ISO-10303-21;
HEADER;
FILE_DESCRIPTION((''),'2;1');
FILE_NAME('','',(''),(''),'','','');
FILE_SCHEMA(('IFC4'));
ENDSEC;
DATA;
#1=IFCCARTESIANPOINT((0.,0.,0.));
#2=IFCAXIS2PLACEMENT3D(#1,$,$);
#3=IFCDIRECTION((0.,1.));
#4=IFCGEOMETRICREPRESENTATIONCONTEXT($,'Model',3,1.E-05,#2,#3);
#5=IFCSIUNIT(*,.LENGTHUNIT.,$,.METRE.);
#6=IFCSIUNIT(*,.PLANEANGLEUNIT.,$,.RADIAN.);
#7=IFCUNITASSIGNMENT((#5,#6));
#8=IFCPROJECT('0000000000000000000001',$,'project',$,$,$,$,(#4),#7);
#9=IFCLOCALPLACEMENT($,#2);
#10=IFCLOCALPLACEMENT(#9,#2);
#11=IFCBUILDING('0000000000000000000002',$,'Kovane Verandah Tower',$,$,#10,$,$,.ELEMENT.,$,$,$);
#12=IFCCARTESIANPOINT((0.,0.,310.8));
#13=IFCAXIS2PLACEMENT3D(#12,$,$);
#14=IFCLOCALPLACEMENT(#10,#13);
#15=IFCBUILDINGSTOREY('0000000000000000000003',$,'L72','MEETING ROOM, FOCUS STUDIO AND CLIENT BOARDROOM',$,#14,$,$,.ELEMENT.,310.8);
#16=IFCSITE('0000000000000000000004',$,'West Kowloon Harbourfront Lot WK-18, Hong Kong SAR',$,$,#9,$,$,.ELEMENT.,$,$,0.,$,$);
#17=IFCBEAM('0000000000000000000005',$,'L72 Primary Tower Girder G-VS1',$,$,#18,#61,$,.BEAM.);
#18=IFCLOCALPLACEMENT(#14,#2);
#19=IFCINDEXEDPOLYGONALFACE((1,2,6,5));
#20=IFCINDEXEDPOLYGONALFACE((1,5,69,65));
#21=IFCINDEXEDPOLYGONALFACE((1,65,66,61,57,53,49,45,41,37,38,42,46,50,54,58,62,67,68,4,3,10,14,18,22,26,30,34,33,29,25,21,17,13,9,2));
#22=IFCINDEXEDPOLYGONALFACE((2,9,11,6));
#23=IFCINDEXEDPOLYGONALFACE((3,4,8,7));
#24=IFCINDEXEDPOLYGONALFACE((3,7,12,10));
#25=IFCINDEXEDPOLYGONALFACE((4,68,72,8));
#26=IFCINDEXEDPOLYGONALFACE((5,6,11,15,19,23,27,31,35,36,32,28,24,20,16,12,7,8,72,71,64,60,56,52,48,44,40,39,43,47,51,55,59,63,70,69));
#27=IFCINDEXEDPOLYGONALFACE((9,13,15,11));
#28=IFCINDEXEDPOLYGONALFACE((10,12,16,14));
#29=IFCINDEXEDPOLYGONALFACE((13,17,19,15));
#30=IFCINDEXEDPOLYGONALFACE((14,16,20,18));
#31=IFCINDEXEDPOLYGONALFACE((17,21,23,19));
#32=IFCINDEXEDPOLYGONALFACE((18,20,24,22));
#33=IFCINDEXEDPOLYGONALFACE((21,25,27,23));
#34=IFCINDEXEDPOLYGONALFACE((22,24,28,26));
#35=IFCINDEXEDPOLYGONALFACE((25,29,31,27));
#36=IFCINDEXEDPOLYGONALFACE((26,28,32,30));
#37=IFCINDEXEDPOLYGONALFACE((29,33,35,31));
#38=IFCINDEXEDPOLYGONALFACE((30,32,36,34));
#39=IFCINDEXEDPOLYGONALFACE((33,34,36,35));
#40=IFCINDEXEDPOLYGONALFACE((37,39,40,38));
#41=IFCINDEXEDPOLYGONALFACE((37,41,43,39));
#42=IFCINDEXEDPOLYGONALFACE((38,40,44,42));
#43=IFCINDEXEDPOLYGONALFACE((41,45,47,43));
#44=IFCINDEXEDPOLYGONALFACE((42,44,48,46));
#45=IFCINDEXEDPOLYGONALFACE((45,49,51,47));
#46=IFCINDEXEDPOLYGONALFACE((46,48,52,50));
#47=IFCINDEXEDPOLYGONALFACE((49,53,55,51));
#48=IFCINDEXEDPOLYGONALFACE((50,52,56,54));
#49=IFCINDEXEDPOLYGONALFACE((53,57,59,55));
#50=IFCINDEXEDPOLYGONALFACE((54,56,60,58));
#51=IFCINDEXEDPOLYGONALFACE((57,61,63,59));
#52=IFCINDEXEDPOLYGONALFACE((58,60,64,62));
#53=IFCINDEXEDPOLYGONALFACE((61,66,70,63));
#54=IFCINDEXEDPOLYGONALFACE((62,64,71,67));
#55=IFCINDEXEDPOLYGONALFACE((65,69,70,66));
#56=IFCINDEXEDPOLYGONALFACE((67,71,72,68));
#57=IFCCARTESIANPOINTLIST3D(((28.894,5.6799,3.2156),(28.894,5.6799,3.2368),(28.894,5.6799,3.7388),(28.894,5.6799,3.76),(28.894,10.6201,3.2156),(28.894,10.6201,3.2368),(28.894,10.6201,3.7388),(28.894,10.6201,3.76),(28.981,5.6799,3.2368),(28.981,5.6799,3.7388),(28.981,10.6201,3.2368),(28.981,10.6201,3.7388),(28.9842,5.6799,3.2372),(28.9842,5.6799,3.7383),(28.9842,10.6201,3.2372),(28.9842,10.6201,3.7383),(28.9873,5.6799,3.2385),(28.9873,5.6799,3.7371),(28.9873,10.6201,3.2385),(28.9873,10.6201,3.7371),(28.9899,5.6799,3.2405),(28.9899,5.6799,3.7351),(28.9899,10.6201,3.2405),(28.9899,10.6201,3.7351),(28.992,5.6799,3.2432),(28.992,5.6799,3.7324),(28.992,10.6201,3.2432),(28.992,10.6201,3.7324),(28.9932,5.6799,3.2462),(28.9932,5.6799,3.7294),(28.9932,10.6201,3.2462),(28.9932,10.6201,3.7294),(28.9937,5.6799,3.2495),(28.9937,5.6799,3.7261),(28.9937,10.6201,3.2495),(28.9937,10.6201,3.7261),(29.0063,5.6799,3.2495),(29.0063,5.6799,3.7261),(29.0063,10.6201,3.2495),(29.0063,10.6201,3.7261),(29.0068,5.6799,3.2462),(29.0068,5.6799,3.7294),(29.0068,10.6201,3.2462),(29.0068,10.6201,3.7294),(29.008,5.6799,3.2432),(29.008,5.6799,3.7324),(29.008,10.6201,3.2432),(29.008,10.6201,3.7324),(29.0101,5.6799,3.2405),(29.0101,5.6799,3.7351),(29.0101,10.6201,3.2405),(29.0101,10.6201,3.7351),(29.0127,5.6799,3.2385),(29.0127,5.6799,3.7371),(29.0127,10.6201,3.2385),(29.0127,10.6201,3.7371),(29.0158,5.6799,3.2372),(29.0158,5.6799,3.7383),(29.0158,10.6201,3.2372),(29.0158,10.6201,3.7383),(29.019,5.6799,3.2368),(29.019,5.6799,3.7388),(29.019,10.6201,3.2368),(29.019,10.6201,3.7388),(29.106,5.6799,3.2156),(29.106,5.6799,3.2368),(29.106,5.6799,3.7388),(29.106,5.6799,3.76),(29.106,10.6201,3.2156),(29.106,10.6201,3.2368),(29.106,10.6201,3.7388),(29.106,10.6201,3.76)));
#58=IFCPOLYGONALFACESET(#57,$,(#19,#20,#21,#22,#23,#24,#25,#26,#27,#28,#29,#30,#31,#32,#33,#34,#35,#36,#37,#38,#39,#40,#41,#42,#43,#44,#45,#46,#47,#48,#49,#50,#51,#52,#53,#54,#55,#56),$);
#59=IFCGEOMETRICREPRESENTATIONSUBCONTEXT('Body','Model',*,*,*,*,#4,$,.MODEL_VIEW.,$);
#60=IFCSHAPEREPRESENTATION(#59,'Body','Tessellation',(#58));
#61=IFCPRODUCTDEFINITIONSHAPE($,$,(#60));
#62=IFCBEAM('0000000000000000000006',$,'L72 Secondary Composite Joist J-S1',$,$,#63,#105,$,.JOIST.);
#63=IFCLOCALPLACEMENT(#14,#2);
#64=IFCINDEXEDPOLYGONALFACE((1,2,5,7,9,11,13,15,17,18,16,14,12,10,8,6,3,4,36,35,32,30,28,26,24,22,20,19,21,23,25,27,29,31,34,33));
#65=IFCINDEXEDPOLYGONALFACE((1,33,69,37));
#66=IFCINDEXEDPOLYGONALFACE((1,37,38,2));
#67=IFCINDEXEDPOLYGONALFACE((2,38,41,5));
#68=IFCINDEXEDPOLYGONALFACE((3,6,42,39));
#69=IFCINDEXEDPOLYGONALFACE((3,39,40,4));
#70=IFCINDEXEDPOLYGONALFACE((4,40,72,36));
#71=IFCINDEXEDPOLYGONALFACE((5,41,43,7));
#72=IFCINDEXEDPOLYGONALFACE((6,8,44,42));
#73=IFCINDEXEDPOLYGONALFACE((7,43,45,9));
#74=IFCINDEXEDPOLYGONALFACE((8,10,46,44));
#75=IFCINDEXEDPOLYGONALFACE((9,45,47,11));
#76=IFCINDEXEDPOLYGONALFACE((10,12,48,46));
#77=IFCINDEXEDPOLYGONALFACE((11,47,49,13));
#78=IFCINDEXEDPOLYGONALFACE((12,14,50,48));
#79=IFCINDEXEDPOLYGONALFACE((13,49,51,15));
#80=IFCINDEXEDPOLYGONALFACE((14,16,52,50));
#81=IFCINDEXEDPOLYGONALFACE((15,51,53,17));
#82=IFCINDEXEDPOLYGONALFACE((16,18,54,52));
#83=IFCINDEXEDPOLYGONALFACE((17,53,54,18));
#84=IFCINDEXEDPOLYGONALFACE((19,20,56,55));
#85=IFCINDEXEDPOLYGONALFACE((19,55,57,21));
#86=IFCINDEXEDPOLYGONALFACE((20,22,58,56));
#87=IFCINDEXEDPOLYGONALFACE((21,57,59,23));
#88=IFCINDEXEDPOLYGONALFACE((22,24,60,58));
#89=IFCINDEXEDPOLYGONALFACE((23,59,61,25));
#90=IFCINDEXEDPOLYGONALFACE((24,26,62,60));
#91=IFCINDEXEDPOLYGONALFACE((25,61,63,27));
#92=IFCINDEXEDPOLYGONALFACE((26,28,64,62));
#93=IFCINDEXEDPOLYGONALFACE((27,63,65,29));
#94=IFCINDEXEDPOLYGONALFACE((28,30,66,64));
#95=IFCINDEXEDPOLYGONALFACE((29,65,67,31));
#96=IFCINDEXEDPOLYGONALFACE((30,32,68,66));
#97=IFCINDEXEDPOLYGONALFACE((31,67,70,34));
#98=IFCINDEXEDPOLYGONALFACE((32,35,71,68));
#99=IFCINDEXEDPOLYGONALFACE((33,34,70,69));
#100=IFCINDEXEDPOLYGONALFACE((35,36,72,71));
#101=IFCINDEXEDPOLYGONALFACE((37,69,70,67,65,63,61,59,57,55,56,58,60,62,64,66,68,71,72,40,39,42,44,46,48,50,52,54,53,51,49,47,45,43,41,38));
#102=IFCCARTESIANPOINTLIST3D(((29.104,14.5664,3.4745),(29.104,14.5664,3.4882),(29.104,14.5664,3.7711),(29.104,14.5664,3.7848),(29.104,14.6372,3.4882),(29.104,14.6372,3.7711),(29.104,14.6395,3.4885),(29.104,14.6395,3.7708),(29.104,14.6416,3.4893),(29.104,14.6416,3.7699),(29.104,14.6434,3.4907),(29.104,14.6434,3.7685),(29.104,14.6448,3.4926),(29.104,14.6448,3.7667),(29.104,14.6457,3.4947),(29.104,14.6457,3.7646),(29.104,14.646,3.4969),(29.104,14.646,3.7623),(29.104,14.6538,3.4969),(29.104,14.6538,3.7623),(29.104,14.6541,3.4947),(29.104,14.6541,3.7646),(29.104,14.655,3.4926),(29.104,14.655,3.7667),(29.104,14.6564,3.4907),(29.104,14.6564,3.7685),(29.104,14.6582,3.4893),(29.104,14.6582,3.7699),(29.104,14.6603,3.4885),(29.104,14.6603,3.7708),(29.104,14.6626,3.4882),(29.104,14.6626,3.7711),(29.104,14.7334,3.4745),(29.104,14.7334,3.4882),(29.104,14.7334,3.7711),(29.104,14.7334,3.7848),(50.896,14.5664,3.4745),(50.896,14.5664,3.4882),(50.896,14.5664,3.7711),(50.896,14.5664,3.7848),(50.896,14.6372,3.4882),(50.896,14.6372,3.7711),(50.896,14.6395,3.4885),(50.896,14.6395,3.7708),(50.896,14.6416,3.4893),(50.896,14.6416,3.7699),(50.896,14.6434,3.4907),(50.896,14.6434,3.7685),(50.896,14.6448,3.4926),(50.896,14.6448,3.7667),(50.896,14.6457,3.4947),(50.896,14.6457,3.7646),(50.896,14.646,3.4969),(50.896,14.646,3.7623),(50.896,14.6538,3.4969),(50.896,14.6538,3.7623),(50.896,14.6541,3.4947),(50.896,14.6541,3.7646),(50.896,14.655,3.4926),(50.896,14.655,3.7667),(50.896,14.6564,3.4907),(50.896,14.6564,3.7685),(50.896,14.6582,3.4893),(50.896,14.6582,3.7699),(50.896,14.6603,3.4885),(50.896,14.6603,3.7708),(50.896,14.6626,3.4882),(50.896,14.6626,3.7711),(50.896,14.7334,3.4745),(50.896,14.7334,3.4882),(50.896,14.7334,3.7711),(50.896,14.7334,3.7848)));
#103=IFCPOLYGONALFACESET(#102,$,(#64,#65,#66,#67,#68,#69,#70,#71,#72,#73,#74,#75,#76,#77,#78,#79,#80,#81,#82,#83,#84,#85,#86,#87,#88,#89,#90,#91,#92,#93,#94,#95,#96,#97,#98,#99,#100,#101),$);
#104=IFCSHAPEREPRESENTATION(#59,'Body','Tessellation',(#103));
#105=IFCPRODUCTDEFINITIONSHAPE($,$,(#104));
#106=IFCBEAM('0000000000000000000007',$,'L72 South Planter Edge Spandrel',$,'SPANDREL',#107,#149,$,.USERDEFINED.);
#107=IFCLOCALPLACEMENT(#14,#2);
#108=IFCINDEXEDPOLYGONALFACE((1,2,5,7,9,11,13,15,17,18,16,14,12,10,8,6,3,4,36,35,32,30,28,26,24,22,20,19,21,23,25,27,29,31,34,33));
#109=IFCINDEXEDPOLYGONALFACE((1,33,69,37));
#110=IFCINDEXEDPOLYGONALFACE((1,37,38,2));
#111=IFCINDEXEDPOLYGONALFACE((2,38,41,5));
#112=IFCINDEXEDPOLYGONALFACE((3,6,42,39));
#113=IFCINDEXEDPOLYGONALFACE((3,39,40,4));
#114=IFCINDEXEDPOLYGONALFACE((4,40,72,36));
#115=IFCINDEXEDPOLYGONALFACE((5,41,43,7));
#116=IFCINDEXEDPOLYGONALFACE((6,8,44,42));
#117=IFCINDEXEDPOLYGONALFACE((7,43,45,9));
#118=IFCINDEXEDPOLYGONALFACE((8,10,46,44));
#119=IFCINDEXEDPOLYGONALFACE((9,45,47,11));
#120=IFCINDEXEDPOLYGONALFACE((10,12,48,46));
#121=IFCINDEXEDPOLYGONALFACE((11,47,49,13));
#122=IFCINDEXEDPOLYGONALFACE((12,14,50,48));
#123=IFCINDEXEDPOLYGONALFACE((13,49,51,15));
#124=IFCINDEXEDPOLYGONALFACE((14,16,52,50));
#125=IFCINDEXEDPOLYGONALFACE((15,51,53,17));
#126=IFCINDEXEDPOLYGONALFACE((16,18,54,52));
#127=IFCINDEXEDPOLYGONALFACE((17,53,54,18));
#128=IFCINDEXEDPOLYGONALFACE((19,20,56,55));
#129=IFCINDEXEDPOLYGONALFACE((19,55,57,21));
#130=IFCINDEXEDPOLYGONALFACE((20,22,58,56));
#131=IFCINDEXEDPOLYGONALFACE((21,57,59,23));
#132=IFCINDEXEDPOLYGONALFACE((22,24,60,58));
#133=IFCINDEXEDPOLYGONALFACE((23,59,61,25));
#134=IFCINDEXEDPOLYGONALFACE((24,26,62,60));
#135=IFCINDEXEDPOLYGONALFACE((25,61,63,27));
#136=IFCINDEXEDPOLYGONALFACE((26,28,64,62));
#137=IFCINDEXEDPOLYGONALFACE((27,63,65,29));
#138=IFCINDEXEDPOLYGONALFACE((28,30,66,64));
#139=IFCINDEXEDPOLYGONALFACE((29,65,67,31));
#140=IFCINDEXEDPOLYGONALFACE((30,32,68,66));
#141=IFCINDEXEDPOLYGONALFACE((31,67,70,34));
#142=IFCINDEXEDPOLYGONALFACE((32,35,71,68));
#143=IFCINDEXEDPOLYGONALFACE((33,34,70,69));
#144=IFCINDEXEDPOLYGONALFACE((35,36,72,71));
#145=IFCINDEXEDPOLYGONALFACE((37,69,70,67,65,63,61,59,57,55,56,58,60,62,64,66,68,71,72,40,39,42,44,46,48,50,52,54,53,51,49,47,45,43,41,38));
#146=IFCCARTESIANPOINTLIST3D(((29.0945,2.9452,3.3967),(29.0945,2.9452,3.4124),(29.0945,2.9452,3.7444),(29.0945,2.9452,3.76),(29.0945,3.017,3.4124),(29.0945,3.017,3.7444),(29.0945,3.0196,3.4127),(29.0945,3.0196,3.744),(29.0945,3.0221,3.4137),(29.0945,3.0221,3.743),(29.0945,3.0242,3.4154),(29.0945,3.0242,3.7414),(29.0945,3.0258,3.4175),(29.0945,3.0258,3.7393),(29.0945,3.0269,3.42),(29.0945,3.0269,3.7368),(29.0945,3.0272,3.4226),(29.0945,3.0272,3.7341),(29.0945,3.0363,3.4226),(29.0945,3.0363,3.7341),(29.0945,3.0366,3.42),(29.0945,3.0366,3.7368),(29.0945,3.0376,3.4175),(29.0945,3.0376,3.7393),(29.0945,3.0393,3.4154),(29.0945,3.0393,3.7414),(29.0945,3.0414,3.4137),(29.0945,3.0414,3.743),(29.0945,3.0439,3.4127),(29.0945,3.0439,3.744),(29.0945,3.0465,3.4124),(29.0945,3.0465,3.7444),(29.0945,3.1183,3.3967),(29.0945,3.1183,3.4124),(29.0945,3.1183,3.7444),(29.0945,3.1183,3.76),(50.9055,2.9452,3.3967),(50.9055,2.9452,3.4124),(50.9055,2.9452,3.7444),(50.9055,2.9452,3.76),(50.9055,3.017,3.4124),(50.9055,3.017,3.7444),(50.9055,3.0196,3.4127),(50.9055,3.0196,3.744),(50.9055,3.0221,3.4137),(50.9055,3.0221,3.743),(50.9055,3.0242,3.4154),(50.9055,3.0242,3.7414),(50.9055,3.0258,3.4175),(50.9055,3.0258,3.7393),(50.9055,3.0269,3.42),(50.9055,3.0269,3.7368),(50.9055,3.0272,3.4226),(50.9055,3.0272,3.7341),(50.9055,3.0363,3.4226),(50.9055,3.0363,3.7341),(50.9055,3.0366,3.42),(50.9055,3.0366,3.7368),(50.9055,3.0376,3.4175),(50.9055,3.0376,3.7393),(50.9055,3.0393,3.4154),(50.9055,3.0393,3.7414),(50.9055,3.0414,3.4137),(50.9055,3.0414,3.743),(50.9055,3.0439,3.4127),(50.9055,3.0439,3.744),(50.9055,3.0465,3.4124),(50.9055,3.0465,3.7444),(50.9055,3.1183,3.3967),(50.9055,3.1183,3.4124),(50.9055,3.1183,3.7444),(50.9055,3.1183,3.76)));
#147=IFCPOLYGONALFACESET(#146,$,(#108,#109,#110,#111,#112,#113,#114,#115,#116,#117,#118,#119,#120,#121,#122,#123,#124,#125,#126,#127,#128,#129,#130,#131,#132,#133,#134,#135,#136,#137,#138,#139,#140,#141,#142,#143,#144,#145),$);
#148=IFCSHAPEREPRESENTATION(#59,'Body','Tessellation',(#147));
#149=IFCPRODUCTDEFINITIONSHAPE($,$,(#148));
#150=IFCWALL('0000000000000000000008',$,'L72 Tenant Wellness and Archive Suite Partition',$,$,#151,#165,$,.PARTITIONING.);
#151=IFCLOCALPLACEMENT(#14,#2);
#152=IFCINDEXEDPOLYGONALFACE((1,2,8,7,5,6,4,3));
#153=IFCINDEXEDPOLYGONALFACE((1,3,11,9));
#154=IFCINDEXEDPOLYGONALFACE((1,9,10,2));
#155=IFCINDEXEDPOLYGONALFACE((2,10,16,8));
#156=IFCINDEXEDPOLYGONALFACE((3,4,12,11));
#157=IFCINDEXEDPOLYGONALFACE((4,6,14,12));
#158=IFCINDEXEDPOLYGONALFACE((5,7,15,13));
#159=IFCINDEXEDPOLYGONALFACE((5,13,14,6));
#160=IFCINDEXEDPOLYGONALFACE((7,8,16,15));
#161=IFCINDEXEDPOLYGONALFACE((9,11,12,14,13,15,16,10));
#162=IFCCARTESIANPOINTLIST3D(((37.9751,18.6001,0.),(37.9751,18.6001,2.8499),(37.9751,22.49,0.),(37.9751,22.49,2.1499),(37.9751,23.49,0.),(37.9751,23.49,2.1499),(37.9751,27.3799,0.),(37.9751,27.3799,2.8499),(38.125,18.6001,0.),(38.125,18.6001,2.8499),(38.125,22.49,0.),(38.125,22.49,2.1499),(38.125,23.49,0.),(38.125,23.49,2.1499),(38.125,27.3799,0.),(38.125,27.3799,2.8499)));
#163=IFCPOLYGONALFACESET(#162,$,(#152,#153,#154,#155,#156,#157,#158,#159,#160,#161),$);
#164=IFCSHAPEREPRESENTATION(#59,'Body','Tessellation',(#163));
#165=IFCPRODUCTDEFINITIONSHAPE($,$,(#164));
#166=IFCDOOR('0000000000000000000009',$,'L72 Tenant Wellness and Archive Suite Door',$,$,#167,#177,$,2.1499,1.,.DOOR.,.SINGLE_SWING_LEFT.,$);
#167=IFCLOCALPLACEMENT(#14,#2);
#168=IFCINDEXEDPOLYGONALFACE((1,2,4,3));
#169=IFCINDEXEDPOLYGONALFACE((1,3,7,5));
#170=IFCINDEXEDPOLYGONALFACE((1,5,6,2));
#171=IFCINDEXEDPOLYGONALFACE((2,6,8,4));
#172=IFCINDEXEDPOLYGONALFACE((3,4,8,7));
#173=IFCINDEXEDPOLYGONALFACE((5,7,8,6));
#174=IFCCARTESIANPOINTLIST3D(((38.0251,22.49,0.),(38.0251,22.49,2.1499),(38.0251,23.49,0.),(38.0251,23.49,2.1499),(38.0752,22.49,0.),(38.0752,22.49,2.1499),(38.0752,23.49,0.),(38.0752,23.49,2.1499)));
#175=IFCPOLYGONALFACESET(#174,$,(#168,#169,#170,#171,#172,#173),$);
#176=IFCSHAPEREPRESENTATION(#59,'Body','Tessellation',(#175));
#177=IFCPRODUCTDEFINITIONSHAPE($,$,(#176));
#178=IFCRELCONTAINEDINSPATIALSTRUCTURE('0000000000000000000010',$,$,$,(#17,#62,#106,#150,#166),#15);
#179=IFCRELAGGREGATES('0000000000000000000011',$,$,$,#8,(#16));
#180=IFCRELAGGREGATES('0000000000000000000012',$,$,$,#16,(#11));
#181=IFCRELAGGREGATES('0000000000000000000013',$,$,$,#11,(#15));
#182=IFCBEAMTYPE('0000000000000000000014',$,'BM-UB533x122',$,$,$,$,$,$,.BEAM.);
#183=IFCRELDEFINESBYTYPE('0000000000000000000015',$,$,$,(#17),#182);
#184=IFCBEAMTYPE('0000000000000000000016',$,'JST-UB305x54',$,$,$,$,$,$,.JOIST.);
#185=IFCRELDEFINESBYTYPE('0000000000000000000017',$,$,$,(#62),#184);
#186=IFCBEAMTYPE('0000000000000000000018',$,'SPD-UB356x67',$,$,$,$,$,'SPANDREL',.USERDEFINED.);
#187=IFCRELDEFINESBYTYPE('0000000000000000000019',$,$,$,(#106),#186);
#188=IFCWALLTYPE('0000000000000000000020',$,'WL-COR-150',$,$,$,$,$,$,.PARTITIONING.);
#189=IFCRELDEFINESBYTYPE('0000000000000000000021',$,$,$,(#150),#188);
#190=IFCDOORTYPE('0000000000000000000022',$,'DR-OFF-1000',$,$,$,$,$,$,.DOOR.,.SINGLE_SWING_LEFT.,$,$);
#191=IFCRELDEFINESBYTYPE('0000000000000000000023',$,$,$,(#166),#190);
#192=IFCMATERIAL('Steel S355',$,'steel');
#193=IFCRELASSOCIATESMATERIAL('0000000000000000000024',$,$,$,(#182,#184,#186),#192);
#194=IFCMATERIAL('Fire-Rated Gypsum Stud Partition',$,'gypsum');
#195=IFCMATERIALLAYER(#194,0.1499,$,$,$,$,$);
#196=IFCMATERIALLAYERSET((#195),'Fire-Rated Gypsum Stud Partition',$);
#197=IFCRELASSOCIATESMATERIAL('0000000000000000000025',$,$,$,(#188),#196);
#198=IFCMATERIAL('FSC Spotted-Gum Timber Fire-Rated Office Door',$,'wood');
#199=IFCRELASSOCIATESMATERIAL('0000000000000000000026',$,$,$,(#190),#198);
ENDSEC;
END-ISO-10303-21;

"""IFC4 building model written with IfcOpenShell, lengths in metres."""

from ifc_helpers import new_model, si_unit, direction, frame, frame_2d, origin, origin_2d, place, context, subcontext, project, spatial, rectangle, i_section, extrude, material, layer, layer_set, material_profile, profile_set, type_object, element, fill, save


model = new_model("IFC4")

# Units and contexts
model_context = context("Model", 3, precision=1e-05, world=origin(), true_north=direction((0.0, 1.0)))
body_context = subcontext(model_context, "Body", "Model", "MODEL_VIEW")
ifc_project = project(units=[si_unit("LENGTHUNIT", "METRE"), si_unit("PLANEANGLEUNIT", "RADIAN")], contexts=[model_context])

# Site, building, storey
site_placement = place(None, origin())
site = spatial("IfcSite", under=ifc_project, at=site_placement, Name="West Kowloon Harbourfront Lot WK-18, Hong Kong SAR", CompositionType="ELEMENT", RefElevation=0.0)
building_placement = place(site_placement, origin())
building = spatial("IfcBuilding", under=site, at=building_placement, Name="Kovane Verandah Tower", CompositionType="ELEMENT")
storey_placement = place(building_placement, frame((0.0, 0.0, 310.8)))
storey = spatial("IfcBuildingStorey", under=building, at=storey_placement, Name="L72", Description="MEETING ROOM, FOCUS STUDIO AND CLIENT BOARDROOM", CompositionType="ELEMENT", Elevation=310.8)

# Beams
ifc_material_1 = material(Name="Steel S355", Category="steel")
ifc_material_profile_1 = material_profile(ifc_material_1, i_section(OverallWidth=0.2119, OverallDepth=0.5444, WebThickness=0.0127, FlangeThickness=0.0212, FilletRadius=0.0127, at=origin_2d()), Name="UB533x210x122")
ifc_profile_set_1 = profile_set([ifc_material_profile_1], Name="Steel S355")
beam_type_1 = type_object("IfcBeamType", Name="BM-UB533x122", PredefinedType="BEAM", material=ifc_profile_set_1)
beam_1_placement = place(storey_placement, frame((29.0, 10.6201, 3.4878), z_axis=(0.0, -1.0, 0.0), x_axis=(1.0, 0.0, 0.0)))
element("IfcBeam", 1, at=beam_1_placement, inside=storey, type_object=beam_type_1, Name="L72 Primary Tower Girder G-VS1", PredefinedType="BEAM", context=body_context, shape_type="SweptSolid", body=[
    extrude(i_section(OverallWidth=0.2119, OverallDepth=0.5444, WebThickness=0.0127, FlangeThickness=0.0212, FilletRadius=0.0127, at=origin_2d()), origin(), (0.0, 0.0, 1.0), 4.9402),
])
ifc_material_profile_2 = material_profile(ifc_material_1, i_section(OverallWidth=0.167, OverallDepth=0.3103, WebThickness=0.0078, FlangeThickness=0.0137, FilletRadius=0.0088, at=origin_2d()), Name="UB305x165x54")
ifc_profile_set_2 = profile_set([ifc_material_profile_2], Name="Steel S355")
beam_type_2 = type_object("IfcBeamType", Name="JST-UB305x54", PredefinedType="JOIST", material=ifc_profile_set_2)
beam_2_placement = place(storey_placement, frame((29.104, 14.6499, 3.6296), z_axis=(1.0, 0.0, 0.0), x_axis=(0.0, 1.0, 0.0)))
element("IfcBeam", 2, at=beam_2_placement, inside=storey, type_object=beam_type_2, Name="L72 Secondary Composite Joist J-S1", PredefinedType="JOIST", context=body_context, shape_type="SweptSolid", body=[
    extrude(i_section(OverallWidth=0.167, OverallDepth=0.3103, WebThickness=0.0078, FlangeThickness=0.0137, FilletRadius=0.0088, at=origin_2d()), origin(), (0.0, 0.0, 1.0), 21.792),
])
ifc_material_profile_3 = material_profile(ifc_material_1, i_section(OverallWidth=0.1731, OverallDepth=0.3633, WebThickness=0.009, FlangeThickness=0.0156, FilletRadius=0.0103, at=origin_2d()), Name="UB356x171x67")
ifc_profile_set_3 = profile_set([ifc_material_profile_3], Name="Steel S355")
beam_type_3 = type_object("IfcBeamType", Name="SPD-UB356x67", ElementType="SPANDREL", PredefinedType="USERDEFINED", material=ifc_profile_set_3)
beam_3_placement = place(storey_placement, frame((29.0945, 3.0317, 3.5784), z_axis=(1.0, 0.0, 0.0), x_axis=(0.0, 1.0, 0.0)))
element("IfcBeam", 3, at=beam_3_placement, inside=storey, type_object=beam_type_3, Name="L72 South Planter Edge Spandrel", ObjectType="SPANDREL", PredefinedType="USERDEFINED", context=body_context, shape_type="SweptSolid", body=[
    extrude(i_section(OverallWidth=0.1731, OverallDepth=0.3633, WebThickness=0.009, FlangeThickness=0.0156, FilletRadius=0.0103, at=origin_2d()), origin(), (0.0, 0.0, 1.0), 21.811),
])

# Wall, opening, door
ifc_material_2 = material(Name="Fire-Rated Gypsum Stud Partition", Category="gypsum")
ifc_layer_1 = layer(ifc_material_2, 0.1499)
ifc_layer_set_1 = layer_set([ifc_layer_1], Name="Fire-Rated Gypsum Stud Partition")
wall_type_1 = type_object("IfcWallType", Name="WL-COR-150", PredefinedType="PARTITIONING", material=ifc_layer_set_1)
wall_1_placement = place(storey_placement, frame((38.05, 18.6001, 0.0), z_axis=(0.0, 0.0, 1.0), x_axis=(0.0, 1.0, 0.0)))
wall_1 = element("IfcWall", 4, at=wall_1_placement, inside=storey, type_object=wall_type_1, Name="L72 Tenant Wellness and Archive Suite Partition", PredefinedType="PARTITIONING", context=body_context, shape_type="SweptSolid", body=[
    extrude(rectangle(XDim=8.7798, YDim=0.1499, at=frame_2d((4.3899, 0.0))), origin(), (0.0, 0.0, 1.0), 2.8499),
])
opening_1_placement = place(wall_1_placement, frame((3.8899, 0.0, 0.0)))
opening_1 = element("IfcOpeningElement", 5, at=opening_1_placement, cuts=wall_1, PredefinedType="OPENING", context=body_context, shape_type="SweptSolid", body=[
    extrude(rectangle(XDim=1.0, YDim=2.1499, at=frame_2d((0.5, 1.075))), frame((0.0, 0.075, 0.0), z_axis=(0.0, -1.0, 0.0), x_axis=(1.0, 0.0, 0.0)), (0.0, 0.0, 1.0), 0.1499),
])
ifc_material_3 = material(Name="FSC Spotted-Gum Timber Fire-Rated Office Door", Category="wood")
door_type = type_object("IfcDoorType", Name="DR-OFF-1000", OperationType="SINGLE_SWING_LEFT", PredefinedType="DOOR", material=ifc_material_3)
door_1_placement = place(opening_1_placement, origin())
door_1 = element("IfcDoor", 6, at=door_1_placement, inside=storey, type_object=door_type, Name="L72 Tenant Wellness and Archive Suite Door", OperationType="SINGLE_SWING_LEFT", OverallHeight=2.1499, OverallWidth=1.0, PredefinedType="DOOR", context=body_context, shape_type="SweptSolid", body=[
    extrude(rectangle(XDim=1.0, YDim=2.1499, at=frame_2d((0.5, 1.075))), frame((0.0, 0.0249, 0.0), z_axis=(0.0, -1.0, 0.0), x_axis=(1.0, 0.0, 0.0)), (0.0, 0.0, 1.0), 0.05),
])
fill(opening_1, door_1)

save(model, "model.ifc")
